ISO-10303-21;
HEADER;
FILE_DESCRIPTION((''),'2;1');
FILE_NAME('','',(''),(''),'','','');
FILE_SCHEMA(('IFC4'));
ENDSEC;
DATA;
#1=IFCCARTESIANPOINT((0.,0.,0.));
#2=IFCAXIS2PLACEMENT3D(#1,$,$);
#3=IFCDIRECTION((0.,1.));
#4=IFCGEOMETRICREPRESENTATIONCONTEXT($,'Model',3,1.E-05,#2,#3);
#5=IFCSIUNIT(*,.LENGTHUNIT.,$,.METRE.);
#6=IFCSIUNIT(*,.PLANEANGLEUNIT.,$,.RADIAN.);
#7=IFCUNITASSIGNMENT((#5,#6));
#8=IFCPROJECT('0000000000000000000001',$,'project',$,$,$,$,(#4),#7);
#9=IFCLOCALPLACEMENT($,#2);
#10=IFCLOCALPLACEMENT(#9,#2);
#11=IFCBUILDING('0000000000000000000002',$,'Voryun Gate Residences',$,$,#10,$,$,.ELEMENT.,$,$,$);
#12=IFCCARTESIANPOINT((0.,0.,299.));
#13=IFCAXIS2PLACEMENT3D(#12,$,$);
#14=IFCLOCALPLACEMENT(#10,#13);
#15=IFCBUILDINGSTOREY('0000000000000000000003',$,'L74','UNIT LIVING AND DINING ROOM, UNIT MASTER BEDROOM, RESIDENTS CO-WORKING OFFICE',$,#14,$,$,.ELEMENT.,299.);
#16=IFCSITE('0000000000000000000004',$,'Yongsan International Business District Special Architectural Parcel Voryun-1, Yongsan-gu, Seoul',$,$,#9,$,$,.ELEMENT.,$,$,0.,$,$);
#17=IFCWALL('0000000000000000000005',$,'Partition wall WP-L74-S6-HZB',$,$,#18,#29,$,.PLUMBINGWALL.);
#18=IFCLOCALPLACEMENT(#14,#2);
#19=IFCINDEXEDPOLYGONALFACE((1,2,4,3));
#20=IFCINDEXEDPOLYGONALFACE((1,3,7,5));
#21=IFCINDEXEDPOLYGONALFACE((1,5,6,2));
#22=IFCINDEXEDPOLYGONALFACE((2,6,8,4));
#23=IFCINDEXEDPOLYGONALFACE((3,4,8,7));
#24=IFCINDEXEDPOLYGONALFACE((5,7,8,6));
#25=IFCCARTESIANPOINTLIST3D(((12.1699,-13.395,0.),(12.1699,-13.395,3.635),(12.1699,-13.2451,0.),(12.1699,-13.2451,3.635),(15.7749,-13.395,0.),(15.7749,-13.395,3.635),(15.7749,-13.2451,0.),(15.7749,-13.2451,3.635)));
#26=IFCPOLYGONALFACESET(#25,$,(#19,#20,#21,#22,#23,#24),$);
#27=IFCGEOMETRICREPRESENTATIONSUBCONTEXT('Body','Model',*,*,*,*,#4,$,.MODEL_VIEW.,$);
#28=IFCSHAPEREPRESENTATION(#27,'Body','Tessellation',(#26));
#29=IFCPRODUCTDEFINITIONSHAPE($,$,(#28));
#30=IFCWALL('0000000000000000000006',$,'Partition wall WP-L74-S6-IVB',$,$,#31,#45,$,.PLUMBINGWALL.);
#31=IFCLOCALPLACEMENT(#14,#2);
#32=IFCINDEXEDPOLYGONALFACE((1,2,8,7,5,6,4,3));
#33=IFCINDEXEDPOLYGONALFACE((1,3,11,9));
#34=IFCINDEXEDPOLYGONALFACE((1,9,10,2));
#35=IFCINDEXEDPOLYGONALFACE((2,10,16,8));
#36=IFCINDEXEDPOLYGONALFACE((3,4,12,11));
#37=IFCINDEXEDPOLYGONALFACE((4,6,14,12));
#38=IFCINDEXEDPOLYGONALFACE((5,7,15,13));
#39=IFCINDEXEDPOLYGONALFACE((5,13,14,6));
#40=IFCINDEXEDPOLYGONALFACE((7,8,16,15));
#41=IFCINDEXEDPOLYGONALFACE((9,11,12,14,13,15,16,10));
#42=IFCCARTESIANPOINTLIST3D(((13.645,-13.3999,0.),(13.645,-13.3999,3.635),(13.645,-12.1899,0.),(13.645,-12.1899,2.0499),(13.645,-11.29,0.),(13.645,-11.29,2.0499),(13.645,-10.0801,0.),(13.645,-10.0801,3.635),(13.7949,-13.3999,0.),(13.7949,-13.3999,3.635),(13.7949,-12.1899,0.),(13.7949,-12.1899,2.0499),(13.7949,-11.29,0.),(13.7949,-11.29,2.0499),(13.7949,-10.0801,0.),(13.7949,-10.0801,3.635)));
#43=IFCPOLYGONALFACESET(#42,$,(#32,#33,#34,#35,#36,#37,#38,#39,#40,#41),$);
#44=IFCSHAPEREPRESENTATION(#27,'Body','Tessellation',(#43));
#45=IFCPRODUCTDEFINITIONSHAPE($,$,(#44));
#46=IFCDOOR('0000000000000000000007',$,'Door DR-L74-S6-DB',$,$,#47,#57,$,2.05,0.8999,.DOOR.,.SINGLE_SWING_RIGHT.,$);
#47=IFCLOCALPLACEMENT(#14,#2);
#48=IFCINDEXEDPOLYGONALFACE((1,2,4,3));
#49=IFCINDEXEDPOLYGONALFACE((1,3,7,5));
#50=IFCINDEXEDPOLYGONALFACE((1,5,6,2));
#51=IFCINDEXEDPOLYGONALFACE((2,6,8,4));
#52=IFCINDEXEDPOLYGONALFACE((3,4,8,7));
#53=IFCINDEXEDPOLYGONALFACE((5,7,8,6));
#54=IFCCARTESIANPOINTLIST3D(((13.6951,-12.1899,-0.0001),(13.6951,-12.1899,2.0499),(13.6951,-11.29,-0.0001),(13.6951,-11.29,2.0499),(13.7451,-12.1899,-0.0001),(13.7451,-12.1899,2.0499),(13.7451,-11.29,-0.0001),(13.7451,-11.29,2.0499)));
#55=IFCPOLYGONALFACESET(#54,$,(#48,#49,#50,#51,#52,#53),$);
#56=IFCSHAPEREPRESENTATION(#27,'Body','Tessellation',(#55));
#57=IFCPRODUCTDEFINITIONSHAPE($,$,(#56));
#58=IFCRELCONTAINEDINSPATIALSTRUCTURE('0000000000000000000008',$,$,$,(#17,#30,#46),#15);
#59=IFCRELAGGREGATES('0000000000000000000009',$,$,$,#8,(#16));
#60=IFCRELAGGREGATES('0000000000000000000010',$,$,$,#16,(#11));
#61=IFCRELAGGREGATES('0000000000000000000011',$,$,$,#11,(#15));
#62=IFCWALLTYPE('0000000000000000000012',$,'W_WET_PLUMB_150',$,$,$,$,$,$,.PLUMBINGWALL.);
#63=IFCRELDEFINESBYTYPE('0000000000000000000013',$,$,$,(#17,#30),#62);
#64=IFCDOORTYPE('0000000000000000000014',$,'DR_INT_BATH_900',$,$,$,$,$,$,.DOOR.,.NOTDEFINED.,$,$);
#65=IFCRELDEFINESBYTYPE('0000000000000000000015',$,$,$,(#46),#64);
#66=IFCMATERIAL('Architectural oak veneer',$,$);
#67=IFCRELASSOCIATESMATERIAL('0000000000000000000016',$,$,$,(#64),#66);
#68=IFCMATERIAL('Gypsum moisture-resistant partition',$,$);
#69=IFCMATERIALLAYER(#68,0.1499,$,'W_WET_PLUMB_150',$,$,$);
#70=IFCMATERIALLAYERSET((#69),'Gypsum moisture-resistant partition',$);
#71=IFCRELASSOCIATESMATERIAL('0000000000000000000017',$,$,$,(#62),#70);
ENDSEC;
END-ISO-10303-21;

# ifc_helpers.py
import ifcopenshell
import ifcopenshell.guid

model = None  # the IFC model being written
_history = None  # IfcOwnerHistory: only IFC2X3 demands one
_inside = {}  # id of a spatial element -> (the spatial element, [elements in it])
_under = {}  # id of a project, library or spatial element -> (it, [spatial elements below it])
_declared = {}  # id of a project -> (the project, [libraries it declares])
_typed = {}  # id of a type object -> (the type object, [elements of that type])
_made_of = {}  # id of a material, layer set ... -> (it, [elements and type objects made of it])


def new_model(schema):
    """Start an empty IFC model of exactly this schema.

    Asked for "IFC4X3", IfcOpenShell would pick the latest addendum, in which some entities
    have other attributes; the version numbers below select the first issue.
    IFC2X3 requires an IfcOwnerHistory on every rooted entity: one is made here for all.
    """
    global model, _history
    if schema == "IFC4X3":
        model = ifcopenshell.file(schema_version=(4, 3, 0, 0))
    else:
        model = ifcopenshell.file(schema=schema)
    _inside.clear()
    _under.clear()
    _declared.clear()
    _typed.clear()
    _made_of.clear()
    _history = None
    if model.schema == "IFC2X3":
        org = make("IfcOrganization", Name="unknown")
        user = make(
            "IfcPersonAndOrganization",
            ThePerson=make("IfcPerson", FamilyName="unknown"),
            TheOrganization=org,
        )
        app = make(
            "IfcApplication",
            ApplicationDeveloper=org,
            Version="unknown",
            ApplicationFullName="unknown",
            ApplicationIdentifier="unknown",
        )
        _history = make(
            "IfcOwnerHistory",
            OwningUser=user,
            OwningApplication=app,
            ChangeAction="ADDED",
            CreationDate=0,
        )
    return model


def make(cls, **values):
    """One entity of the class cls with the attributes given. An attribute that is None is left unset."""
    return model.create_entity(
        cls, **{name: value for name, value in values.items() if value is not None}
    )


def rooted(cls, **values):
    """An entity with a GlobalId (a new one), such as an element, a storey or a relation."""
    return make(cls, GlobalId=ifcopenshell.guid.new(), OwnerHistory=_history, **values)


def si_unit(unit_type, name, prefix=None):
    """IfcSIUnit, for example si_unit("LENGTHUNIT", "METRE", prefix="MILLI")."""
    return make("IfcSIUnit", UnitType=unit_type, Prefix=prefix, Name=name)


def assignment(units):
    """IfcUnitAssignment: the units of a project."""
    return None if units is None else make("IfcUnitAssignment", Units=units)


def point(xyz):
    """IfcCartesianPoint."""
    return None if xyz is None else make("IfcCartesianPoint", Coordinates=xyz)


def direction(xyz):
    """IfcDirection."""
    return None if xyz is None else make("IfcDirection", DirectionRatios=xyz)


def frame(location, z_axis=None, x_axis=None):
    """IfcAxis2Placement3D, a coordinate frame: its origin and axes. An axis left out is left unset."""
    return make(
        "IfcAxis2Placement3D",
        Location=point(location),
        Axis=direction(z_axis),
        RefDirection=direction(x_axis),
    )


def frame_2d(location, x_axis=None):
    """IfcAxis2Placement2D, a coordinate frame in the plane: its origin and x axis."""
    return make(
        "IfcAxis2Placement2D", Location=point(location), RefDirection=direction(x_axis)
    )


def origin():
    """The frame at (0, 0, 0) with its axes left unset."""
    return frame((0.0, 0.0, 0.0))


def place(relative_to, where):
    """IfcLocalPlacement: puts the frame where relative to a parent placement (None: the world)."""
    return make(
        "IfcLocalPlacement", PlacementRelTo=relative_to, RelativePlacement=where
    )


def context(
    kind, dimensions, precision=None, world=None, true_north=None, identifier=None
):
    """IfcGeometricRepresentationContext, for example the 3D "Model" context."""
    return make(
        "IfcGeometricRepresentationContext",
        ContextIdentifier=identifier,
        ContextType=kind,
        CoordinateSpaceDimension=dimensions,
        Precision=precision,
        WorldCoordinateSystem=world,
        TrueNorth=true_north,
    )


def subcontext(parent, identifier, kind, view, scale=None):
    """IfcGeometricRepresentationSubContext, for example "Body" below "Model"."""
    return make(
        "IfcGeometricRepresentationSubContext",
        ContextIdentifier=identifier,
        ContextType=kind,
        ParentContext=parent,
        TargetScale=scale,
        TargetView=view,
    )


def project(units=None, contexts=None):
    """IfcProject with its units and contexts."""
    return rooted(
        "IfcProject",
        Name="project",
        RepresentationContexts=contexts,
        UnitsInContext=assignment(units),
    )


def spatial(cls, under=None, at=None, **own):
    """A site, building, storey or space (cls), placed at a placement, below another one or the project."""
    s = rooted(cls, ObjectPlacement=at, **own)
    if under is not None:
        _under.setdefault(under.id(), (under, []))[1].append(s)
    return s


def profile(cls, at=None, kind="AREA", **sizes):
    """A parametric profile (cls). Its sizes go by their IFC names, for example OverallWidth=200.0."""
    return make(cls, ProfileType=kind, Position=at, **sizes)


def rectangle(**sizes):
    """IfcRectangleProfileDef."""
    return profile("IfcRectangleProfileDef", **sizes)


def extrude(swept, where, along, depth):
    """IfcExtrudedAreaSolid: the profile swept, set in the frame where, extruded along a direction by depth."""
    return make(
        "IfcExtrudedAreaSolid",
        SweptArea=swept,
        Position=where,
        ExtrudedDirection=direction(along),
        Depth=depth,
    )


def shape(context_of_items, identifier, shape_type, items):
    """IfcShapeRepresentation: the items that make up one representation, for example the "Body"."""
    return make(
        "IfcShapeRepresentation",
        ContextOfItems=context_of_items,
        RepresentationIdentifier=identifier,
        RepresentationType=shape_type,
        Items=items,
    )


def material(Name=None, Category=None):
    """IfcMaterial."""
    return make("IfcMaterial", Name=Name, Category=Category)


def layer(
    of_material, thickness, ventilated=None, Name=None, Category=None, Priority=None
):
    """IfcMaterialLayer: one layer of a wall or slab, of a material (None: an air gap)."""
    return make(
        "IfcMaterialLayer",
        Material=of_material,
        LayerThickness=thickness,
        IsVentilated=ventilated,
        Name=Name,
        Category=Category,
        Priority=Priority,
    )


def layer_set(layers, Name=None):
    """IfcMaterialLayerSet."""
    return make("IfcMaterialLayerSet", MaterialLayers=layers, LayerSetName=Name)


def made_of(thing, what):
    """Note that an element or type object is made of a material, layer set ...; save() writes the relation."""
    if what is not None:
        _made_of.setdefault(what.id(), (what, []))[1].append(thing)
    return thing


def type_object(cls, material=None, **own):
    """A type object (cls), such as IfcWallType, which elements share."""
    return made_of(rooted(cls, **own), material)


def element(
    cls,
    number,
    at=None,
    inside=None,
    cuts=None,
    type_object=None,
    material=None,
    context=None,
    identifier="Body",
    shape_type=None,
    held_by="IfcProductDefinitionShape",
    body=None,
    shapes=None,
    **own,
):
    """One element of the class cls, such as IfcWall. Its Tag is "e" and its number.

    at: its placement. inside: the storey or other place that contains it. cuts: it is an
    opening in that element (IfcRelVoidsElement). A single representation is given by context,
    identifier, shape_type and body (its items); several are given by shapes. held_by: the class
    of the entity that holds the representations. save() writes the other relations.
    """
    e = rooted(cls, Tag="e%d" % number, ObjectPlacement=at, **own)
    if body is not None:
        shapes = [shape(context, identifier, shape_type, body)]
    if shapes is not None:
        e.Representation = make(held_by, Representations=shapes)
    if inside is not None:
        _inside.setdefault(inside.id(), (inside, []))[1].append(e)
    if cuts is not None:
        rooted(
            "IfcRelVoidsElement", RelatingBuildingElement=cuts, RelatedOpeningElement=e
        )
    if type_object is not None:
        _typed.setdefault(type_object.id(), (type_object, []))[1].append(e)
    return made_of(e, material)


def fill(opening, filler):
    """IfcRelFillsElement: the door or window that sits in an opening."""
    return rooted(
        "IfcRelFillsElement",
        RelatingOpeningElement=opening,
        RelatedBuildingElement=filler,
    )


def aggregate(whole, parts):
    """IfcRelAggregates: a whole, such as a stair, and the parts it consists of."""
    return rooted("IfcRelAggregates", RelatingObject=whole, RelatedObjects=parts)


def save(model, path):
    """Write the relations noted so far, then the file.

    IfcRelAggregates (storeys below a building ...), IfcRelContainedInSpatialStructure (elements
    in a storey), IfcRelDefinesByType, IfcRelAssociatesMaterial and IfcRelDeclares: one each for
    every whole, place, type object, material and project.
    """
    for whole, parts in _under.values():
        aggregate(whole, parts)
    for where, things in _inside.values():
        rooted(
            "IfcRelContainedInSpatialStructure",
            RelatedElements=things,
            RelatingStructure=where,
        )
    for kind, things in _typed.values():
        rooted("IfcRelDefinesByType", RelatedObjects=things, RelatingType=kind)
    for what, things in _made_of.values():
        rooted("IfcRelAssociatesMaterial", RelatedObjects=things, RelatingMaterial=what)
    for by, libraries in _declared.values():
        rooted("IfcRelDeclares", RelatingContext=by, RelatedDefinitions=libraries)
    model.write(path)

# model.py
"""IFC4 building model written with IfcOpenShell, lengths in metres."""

from ifc_helpers import new_model, si_unit, direction, frame, frame_2d, origin, place, context, subcontext, project, spatial, rectangle, extrude, material, layer, layer_set, type_object, element, fill, save


model = new_model("IFC4")

# Units and contexts
model_context = context("Model", 3, precision=1e-05, world=origin(), true_north=direction((0.0, 1.0)))
body_context = subcontext(model_context, "Body", "Model", "MODEL_VIEW")
ifc_project = project(units=[si_unit("LENGTHUNIT", "METRE"), si_unit("PLANEANGLEUNIT", "RADIAN")], contexts=[model_context])

# Site, building, storey
site_placement = place(None, origin())
site = spatial("IfcSite", under=ifc_project, at=site_placement, Name="Yongsan International Business District Special Architectural Parcel Voryun-1, Yongsan-gu, Seoul", CompositionType="ELEMENT", RefElevation=0.0)
building_placement = place(site_placement, origin())
building = spatial("IfcBuilding", under=site, at=building_placement, Name="Voryun Gate Residences", CompositionType="ELEMENT")
storey_placement = place(building_placement, frame((0.0, 0.0, 299.0)))
storey = spatial("IfcBuildingStorey", under=building, at=storey_placement, Name="L74", Description="UNIT LIVING AND DINING ROOM, UNIT MASTER BEDROOM, RESIDENTS CO-WORKING OFFICE", CompositionType="ELEMENT", Elevation=299.0)

# Shared definitions
ifc_material_1 = material(Name="Architectural oak veneer")
door_type_1 = type_object("IfcDoorType", Name="DR_INT_BATH_900", OperationType="NOTDEFINED", PredefinedType="DOOR", material=ifc_material_1)

# Wall
ifc_material_2 = material(Name="Gypsum moisture-resistant partition")
ifc_layer_1 = layer(ifc_material_2, 0.1499, Name="W_WET_PLUMB_150")
ifc_layer_set_1 = layer_set([ifc_layer_1], Name="Gypsum moisture-resistant partition")
wall_type_1 = type_object("IfcWallType", Name="W_WET_PLUMB_150", PredefinedType="PLUMBINGWALL", material=ifc_layer_set_1)
wall_1_placement = place(storey_placement, frame((12.1699, -13.3201, 0.0), z_axis=(0.0, 0.0, 1.0), x_axis=(1.0, 0.0, 0.0)))
element("IfcWall", 1, at=wall_1_placement, inside=storey, type_object=wall_type_1, Name="Partition wall WP-L74-S6-HZB", PredefinedType="PLUMBINGWALL", context=body_context, shape_type="SweptSolid", body=[
    extrude(rectangle(XDim=3.605, YDim=0.1499, at=frame_2d((1.8025, 0.0))), origin(), (0.0, 0.0, 1.0), 3.635),
])

# Wall, opening, door
wall_2_placement = place(storey_placement, frame((13.72, -13.3999, 0.0), z_axis=(0.0, 0.0, 1.0), x_axis=(0.0, 1.0, 0.0)))
wall_2 = element("IfcWall", 2, at=wall_2_placement, inside=storey, type_object=wall_type_1, Name="Partition wall WP-L74-S6-IVB", PredefinedType="PLUMBINGWALL", context=body_context, shape_type="SweptSolid", body=[
    extrude(rectangle(XDim=3.3198, YDim=0.1499, at=frame_2d((1.6599, 0.0))), origin(), (0.0, 0.0, 1.0), 3.635),
])
opening_1_placement = place(wall_2_placement, frame((1.21, 0.0, 0.0)))
opening_1 = element("IfcOpeningElement", 3, at=opening_1_placement, cuts=wall_2, PredefinedType="OPENING", context=body_context, shape_type="SweptSolid", body=[
    extrude(rectangle(XDim=0.8999, YDim=2.05, at=frame_2d((0.45, 1.0249))), frame((0.0, 0.085, 0.0), z_axis=(0.0, -1.0, 0.0), x_axis=(1.0, 0.0, 0.0)), (0.0, 0.0, 1.0), 0.1699),
])
door_1_placement = place(opening_1_placement, origin())
door_1 = element("IfcDoor", 4, at=door_1_placement, inside=storey, type_object=door_type_1, Name="Door DR-L74-S6-DB", OperationType="SINGLE_SWING_RIGHT", OverallHeight=2.05, OverallWidth=0.8999, PredefinedType="DOOR", context=body_context, shape_type="SweptSolid", body=[
    extrude(rectangle(XDim=0.8999, YDim=2.05, at=frame_2d((0.45, 1.0249))), frame((0.0, 0.0249, 0.0), z_axis=(0.0, -1.0, 0.0), x_axis=(1.0, 0.0, 0.0)), (0.0, 0.0, 1.0), 0.05),
])
fill(opening_1, door_1)

save(model, "model.ifc")
